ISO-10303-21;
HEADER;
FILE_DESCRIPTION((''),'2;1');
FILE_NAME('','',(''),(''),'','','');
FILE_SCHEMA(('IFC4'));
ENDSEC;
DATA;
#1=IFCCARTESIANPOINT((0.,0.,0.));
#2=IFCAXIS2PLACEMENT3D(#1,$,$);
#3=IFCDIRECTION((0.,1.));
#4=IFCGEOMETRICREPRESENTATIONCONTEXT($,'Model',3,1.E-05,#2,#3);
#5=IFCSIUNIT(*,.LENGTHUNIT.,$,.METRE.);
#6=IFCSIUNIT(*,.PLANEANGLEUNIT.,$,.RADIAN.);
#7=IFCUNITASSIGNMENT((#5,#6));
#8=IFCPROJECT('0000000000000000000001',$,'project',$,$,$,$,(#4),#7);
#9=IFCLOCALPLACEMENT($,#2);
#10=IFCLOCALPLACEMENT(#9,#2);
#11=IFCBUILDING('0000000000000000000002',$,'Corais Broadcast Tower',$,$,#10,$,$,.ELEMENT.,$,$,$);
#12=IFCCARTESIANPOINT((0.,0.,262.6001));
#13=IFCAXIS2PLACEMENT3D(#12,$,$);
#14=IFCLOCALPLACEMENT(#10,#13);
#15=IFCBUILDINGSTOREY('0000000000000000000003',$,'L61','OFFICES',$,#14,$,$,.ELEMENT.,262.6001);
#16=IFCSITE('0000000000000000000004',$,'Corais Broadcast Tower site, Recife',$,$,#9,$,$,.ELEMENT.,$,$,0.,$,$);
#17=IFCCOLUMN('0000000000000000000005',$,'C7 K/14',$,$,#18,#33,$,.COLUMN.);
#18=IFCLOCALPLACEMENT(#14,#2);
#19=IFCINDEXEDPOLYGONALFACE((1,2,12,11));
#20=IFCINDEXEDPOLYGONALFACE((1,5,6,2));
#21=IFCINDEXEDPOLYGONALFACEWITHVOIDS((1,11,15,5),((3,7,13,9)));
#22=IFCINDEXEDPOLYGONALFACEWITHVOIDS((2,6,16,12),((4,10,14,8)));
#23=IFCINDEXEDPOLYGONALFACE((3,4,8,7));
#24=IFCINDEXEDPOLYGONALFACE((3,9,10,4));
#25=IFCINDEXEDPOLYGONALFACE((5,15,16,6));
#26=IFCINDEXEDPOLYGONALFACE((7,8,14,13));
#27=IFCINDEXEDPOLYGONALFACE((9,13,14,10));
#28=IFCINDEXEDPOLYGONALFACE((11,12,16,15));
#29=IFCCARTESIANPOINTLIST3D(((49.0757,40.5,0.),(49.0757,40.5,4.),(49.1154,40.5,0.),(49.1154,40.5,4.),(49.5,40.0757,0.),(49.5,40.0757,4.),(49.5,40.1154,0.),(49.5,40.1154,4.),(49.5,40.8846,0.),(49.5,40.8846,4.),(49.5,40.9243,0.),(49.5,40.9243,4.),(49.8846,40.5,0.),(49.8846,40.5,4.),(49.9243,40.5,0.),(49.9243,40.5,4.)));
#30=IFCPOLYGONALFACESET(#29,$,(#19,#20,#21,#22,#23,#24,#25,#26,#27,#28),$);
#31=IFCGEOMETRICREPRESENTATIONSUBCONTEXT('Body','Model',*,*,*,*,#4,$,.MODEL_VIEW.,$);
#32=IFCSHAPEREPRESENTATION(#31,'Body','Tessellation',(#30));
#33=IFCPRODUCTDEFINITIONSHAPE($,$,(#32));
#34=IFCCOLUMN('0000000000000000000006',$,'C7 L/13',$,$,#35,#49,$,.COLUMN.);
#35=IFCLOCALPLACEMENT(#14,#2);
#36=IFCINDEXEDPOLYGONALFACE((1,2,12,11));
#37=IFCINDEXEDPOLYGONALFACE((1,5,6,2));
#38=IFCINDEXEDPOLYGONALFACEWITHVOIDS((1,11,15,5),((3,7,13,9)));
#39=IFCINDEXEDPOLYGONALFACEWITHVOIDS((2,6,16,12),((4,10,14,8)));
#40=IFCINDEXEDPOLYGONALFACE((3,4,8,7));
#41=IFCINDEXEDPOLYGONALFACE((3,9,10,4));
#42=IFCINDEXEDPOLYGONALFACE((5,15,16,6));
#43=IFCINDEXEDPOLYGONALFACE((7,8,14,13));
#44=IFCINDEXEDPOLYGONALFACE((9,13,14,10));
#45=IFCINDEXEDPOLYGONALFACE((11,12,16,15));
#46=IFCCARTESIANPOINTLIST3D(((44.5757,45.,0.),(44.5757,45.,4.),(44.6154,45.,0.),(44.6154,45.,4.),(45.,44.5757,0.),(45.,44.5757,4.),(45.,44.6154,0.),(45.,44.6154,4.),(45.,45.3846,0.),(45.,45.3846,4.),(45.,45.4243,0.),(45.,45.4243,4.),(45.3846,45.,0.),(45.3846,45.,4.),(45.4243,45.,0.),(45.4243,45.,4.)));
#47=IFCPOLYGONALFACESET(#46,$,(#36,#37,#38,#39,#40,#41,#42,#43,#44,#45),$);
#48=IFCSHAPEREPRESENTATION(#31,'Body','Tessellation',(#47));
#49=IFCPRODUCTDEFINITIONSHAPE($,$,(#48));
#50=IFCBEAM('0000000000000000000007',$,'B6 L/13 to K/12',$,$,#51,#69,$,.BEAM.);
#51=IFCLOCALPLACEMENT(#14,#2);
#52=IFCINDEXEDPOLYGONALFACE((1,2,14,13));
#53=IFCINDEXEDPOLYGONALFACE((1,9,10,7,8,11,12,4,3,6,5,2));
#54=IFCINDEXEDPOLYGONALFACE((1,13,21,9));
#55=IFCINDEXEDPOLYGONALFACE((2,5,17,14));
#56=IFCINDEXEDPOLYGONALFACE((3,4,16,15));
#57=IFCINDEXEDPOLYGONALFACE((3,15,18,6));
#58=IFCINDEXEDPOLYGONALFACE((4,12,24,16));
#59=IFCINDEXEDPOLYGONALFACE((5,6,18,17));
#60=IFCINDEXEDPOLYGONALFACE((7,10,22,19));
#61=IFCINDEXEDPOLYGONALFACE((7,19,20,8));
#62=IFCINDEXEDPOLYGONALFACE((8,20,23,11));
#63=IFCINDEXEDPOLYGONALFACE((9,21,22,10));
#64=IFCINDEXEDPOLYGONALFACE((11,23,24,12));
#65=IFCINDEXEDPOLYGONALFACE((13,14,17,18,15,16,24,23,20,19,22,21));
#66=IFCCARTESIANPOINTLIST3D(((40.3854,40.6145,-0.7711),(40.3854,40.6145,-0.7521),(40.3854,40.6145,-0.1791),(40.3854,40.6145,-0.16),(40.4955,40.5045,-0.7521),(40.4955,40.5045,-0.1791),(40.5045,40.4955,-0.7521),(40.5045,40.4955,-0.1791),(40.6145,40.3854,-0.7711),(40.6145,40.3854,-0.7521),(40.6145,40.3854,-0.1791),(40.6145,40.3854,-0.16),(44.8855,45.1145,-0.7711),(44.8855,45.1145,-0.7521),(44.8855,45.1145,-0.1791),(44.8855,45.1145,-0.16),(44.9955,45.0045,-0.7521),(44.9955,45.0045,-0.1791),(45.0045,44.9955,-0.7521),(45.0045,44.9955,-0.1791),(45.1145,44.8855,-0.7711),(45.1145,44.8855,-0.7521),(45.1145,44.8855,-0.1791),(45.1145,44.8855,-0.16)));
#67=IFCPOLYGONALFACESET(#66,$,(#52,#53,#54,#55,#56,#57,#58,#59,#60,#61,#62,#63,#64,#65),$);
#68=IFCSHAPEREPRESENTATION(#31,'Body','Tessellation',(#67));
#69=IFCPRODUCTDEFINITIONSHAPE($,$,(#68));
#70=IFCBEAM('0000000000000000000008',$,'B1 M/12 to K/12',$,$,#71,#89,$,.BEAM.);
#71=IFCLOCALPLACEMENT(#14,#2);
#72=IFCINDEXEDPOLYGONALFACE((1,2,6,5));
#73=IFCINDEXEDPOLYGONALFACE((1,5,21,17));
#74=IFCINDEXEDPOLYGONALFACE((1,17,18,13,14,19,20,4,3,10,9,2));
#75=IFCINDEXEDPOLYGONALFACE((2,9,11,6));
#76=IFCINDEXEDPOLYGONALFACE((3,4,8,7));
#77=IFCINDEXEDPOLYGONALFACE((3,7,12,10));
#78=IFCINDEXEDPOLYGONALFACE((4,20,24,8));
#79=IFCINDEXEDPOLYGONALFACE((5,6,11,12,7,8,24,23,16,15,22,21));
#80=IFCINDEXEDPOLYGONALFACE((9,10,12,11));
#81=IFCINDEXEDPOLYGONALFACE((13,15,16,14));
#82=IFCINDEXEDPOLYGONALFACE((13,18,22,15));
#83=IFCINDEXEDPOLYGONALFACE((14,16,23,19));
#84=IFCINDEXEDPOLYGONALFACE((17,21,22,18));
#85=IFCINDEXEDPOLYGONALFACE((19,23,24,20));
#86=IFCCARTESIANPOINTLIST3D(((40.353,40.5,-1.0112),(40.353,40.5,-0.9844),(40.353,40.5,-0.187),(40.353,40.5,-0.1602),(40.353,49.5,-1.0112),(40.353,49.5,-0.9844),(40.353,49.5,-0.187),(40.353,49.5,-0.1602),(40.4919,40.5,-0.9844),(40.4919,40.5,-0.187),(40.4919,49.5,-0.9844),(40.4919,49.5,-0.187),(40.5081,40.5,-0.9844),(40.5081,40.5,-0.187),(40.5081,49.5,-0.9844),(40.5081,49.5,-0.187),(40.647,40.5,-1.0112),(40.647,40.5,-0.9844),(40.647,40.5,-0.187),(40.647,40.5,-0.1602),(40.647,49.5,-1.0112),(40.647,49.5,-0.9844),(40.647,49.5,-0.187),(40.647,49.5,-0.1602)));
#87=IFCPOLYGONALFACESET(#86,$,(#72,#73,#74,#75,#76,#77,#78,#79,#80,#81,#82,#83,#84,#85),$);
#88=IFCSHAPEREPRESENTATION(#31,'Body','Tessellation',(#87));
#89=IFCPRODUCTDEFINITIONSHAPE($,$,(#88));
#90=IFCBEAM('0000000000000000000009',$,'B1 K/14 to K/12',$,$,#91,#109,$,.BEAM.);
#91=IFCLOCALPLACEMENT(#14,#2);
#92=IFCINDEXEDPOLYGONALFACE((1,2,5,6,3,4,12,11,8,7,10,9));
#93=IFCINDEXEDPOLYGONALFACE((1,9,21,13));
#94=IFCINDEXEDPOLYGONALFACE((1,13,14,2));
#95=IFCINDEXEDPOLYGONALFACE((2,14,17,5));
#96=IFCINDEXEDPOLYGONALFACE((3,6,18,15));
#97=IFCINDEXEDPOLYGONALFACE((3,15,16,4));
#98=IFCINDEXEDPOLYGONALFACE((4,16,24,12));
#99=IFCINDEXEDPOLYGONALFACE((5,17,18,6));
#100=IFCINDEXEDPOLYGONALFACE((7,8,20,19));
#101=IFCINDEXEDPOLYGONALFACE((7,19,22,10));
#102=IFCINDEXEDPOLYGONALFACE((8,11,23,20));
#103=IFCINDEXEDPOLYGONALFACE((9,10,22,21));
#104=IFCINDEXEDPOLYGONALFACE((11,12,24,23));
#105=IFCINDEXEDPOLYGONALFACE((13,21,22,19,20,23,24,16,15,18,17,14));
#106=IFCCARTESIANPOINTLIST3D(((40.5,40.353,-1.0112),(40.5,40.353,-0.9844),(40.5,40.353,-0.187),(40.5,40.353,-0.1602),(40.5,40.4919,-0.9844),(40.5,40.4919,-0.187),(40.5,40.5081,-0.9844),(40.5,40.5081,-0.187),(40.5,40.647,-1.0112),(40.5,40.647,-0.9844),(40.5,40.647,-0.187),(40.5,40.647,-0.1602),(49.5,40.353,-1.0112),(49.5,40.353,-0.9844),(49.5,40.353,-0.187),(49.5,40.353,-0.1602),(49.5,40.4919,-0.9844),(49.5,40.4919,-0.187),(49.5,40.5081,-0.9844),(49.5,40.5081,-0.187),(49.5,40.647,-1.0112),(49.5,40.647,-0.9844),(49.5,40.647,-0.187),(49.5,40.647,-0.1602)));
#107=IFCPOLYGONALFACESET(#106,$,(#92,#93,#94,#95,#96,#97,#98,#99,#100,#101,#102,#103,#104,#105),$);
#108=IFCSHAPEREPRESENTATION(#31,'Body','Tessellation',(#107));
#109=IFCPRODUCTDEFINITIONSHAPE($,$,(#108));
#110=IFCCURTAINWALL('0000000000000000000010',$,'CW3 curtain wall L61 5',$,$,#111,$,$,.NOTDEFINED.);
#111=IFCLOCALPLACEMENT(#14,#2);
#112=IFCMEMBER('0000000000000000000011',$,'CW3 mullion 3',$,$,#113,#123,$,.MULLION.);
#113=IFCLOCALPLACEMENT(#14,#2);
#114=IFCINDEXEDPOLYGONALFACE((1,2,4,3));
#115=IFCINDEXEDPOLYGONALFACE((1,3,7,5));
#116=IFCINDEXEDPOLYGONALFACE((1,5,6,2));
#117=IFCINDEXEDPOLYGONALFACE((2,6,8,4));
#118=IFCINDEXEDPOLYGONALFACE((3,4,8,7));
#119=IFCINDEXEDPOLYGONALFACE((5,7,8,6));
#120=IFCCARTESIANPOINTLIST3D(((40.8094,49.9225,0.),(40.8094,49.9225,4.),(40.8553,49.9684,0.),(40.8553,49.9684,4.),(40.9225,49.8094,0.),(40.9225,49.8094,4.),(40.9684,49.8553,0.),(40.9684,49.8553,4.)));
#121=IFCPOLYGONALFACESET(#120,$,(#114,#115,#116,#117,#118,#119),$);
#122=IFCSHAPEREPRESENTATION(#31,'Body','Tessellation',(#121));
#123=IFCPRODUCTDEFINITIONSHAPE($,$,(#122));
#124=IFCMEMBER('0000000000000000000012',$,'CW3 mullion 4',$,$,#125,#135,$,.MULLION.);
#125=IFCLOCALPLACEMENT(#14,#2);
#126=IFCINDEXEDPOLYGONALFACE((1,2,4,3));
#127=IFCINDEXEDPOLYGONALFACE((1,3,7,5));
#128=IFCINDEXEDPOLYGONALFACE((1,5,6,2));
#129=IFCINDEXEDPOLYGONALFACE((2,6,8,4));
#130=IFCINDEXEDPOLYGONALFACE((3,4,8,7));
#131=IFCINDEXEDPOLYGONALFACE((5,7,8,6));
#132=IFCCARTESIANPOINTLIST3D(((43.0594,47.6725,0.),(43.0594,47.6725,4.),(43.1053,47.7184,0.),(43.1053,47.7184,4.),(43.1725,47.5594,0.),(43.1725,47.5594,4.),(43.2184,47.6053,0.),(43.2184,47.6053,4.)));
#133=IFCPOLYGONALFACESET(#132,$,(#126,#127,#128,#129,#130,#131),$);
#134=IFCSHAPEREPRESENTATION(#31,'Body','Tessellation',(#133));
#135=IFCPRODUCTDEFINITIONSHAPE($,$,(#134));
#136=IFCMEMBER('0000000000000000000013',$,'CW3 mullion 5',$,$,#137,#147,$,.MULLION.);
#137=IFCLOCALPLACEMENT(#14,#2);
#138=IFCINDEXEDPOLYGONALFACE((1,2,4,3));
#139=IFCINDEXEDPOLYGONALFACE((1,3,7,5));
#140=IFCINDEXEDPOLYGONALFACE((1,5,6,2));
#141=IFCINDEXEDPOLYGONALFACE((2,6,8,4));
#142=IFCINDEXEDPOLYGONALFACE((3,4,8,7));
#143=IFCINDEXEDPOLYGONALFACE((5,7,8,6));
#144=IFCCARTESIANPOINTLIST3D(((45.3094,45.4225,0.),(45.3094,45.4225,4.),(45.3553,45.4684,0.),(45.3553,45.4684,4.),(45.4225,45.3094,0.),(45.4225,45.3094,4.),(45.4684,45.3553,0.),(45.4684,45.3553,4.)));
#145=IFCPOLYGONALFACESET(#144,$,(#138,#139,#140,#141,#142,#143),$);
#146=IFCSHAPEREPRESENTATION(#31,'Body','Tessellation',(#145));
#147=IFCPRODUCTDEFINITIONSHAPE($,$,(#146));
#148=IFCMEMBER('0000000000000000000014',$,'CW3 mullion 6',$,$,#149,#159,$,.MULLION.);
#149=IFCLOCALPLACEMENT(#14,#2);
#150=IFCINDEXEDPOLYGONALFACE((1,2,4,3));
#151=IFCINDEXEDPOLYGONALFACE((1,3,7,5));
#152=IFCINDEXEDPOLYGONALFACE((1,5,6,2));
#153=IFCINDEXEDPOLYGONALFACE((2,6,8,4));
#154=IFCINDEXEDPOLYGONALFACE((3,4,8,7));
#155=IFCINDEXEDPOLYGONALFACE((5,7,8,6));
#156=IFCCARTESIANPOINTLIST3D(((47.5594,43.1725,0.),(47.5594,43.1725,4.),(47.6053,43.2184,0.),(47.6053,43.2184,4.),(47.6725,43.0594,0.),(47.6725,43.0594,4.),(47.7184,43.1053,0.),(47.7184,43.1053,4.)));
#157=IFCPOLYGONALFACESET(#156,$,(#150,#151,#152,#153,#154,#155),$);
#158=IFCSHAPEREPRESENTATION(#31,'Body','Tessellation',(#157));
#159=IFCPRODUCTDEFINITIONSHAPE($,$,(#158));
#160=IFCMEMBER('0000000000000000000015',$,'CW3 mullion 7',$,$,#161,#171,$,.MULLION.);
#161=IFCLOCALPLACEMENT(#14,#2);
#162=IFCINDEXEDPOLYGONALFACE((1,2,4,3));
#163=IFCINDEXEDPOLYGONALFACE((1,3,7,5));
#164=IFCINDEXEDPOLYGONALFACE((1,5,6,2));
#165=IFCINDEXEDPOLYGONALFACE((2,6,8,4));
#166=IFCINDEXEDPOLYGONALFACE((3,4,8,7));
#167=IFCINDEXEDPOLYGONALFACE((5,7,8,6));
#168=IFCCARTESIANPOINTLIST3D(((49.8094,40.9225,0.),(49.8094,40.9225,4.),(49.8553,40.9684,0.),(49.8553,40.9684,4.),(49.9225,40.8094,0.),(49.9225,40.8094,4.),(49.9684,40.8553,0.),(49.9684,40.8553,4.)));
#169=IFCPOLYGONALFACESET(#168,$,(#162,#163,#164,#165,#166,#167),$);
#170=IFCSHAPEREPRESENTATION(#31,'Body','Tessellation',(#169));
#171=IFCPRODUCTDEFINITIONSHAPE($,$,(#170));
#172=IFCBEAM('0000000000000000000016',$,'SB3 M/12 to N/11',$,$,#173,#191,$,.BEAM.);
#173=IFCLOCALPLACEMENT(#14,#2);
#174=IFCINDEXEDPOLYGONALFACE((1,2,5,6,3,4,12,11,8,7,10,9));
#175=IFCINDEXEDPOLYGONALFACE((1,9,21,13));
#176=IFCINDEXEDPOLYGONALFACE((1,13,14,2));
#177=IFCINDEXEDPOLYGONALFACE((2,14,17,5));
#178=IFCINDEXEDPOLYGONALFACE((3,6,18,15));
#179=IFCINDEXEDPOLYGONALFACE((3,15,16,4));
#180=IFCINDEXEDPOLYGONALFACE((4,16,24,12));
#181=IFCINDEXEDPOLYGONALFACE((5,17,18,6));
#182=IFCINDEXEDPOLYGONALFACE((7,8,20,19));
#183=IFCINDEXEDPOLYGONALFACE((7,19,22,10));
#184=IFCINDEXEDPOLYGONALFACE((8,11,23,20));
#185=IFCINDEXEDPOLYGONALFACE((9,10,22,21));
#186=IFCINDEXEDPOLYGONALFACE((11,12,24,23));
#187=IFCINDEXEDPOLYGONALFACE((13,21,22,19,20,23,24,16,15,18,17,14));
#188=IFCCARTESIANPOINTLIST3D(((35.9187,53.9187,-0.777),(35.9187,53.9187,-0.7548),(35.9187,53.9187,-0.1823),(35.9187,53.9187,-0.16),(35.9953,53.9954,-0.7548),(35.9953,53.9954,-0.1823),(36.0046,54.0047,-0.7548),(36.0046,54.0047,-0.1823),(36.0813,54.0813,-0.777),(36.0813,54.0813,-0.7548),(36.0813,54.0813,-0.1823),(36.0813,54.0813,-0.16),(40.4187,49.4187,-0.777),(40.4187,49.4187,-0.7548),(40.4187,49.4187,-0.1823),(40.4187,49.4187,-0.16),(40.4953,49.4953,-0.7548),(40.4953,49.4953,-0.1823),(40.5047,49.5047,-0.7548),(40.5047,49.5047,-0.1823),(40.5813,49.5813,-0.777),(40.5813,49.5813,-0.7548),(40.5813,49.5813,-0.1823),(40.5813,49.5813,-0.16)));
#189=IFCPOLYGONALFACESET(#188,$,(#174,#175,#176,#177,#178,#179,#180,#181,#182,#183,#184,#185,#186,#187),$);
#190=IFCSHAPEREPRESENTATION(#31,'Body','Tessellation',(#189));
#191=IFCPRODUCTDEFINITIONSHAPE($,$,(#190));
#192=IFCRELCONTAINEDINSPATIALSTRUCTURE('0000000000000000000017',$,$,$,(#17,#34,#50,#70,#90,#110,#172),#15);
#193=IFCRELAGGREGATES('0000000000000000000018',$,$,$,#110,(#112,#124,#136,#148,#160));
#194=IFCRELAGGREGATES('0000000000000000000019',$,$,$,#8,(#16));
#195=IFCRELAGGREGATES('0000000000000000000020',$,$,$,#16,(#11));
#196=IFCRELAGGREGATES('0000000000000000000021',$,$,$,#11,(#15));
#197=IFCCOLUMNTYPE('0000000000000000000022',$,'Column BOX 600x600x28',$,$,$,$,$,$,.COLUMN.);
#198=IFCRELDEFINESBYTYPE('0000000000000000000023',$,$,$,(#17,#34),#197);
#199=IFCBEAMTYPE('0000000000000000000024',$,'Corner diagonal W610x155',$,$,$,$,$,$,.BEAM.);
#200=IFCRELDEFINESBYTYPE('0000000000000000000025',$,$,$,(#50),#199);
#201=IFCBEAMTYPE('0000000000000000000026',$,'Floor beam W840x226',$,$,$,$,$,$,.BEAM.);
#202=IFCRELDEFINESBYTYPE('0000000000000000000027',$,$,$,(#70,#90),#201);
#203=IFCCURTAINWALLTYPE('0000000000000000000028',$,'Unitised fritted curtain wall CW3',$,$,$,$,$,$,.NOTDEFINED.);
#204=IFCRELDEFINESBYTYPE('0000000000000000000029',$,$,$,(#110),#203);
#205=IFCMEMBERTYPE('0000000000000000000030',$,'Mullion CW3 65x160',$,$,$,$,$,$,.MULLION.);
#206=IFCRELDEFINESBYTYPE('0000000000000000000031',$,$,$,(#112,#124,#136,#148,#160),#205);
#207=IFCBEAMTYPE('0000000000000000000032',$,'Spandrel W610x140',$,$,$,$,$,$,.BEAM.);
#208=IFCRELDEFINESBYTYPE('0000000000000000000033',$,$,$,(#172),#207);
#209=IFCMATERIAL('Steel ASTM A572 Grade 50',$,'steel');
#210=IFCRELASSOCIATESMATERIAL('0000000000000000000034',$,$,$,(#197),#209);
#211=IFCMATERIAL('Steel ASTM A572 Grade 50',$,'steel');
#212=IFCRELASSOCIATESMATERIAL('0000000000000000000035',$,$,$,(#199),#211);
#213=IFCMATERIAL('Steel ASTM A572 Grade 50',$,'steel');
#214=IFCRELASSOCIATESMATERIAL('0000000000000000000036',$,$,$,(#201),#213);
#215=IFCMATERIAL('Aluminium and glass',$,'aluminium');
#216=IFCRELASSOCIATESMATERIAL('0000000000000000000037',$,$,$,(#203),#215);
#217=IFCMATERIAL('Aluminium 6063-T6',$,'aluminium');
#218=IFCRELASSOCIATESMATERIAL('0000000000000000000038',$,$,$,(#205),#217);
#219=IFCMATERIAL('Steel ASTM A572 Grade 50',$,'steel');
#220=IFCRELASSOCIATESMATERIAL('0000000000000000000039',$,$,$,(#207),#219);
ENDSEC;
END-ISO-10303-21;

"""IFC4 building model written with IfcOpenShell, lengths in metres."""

from ifc_helpers import new_model, si_unit, direction, frame, origin, origin_2d, place, context, subcontext, project, spatial, rectangle, hollow_rectangle, i_section, extrude, material, material_profile, profile_set, type_object, element, aggregate, save


model = new_model("IFC4")

# Units and contexts
model_context = context("Model", 3, precision=1e-05, world=origin(), true_north=direction((0.0, 1.0)))
body_context = subcontext(model_context, "Body", "Model", "MODEL_VIEW")
ifc_project = project(units=[si_unit("LENGTHUNIT", "METRE"), si_unit("PLANEANGLEUNIT", "RADIAN")], contexts=[model_context])

# Site, building, storey
site_placement = place(None, origin())
site = spatial("IfcSite", under=ifc_project, at=site_placement, Name="Corais Broadcast Tower site, Recife", CompositionType="ELEMENT", RefElevation=0.0)
building_placement = place(site_placement, origin())
building = spatial("IfcBuilding", under=site, at=building_placement, Name="Corais Broadcast Tower", CompositionType="ELEMENT")
storey_placement = place(building_placement, frame((0.0, 0.0, 262.6001)))
storey = spatial("IfcBuildingStorey", under=building, at=storey_placement, Name="L61", Description="OFFICES", CompositionType="ELEMENT", Elevation=262.6001)

# Columns
ifc_material_1 = material(Name="Steel ASTM A572 Grade 50", Category="steel")
ifc_material_profile_1 = material_profile(ifc_material_1, hollow_rectangle(XDim=0.6001, YDim=0.6001, WallThickness=0.0281, at=origin_2d()), Name="BOX 600x600x28")
ifc_profile_set_1 = profile_set([ifc_material_profile_1], Name="Steel ASTM A572 Grade 50")
column_type = type_object("IfcColumnType", Name="Column BOX 600x600x28", PredefinedType="COLUMN", material=ifc_profile_set_1)
for number, where, z_axis, x_axis, name in (
    (1, (49.5, 40.5, 0.0), (0.0, 0.0, 1.0), (0.707107, 0.707107, 0.0), "C7 K/14"),
    (2, (45.0, 45.0, 0.0), (0.0, 0.0, 1.0), (0.707107, 0.707107, 0.0), "C7 L/13"),
):
    element("IfcColumn", number, at=place(storey_placement, frame(where, z_axis=z_axis, x_axis=x_axis)), inside=storey, type_object=column_type, Name=name, PredefinedType="COLUMN", context=body_context, shape_type="SweptSolid", body=[
        extrude(hollow_rectangle(XDim=0.6001, YDim=0.6001, WallThickness=0.0281, at=origin_2d()), origin(), (0.0, 0.0, 1.0), 4.0),
    ])

# Beams
ifc_material_2 = material(Name="Steel ASTM A572 Grade 50", Category="steel")
ifc_material_profile_2 = material_profile(ifc_material_2, i_section(OverallWidth=0.324, OverallDepth=0.6111, WebThickness=0.0127, FlangeThickness=0.019, at=origin_2d()), Name="W610x155")
ifc_profile_set_2 = profile_set([ifc_material_profile_2], Name="Steel ASTM A572 Grade 50")
beam_type_1 = type_object("IfcBeamType", Name="Corner diagonal W610x155", PredefinedType="BEAM", material=ifc_profile_set_2)
beam_placement = place(storey_placement, frame((45.0, 45.0, -0.4656), z_axis=(-0.707107, -0.707107, 0.0), x_axis=(0.707107, -0.707107, 0.0)))
element("IfcBeam", 3, at=beam_placement, inside=storey, type_object=beam_type_1, Name="B6 L/13 to K/12", PredefinedType="BEAM", context=body_context, shape_type="SweptSolid", body=[
    extrude(i_section(OverallWidth=0.324, OverallDepth=0.6111, WebThickness=0.0127, FlangeThickness=0.019, at=origin_2d()), origin(), (0.0, 0.0, 1.0), 6.364),
])
ifc_material_3 = material(Name="Steel ASTM A572 Grade 50", Category="steel")
ifc_material_profile_3 = material_profile(ifc_material_3, i_section(OverallWidth=0.2939, OverallDepth=0.8511, WebThickness=0.0161, FlangeThickness=0.0269, at=origin_2d()), Name="W840x226")
ifc_profile_set_3 = profile_set([ifc_material_profile_3], Name="Steel ASTM A572 Grade 50")
beam_type_2 = type_object("IfcBeamType", Name="Floor beam W840x226", PredefinedType="BEAM", material=ifc_profile_set_3)
for number, where, z_axis, x_axis, name in (
    (4, (40.5, 49.5, -0.5857), (0.0, -1.0, 0.0), (1.0, 0.0, 0.0), "B1 M/12 to K/12"),
    (5, (49.5, 40.5, -0.5857), (-1.0, 0.0, 0.0), (0.0, -1.0, 0.0), "B1 K/14 to K/12"),
):
    element("IfcBeam", number, at=place(storey_placement, frame(where, z_axis=z_axis, x_axis=x_axis)), inside=storey, type_object=beam_type_2, Name=name, PredefinedType="BEAM", context=body_context, shape_type="SweptSolid", body=[
        extrude(i_section(OverallWidth=0.2939, OverallDepth=0.8511, WebThickness=0.0161, FlangeThickness=0.0269, at=origin_2d()), origin(), (0.0, 0.0, 1.0), 9.0),
    ])

# Curtain wall, members
ifc_material_4 = material(Name="Aluminium and glass", Category="aluminium")
curtain_wall_type = type_object("IfcCurtainWallType", Name="Unitised fritted curtain wall CW3", PredefinedType="NOTDEFINED", material=ifc_material_4)
curtain_wall_placement = place(storey_placement, origin())
curtain_wall = element("IfcCurtainWall", 6, at=curtain_wall_placement, inside=storey, type_object=curtain_wall_type, Name="CW3 curtain wall L61 5", PredefinedType="NOTDEFINED")
ifc_material_5 = material(Name="Aluminium 6063-T6", Category="aluminium")
ifc_material_profile_4 = material_profile(ifc_material_5, rectangle(XDim=0.0649, YDim=0.1599, at=origin_2d()), Name="Mullion CW3 65x160")
ifc_profile_set_4 = profile_set([ifc_material_profile_4], Name="Aluminium 6063-T6")
member_type_1 = type_object("IfcMemberType", Name="Mullion CW3 65x160", PredefinedType="MULLION", material=ifc_profile_set_4)
member_1_placement = place(storey_placement, frame((40.8889, 49.8889, 0.0), z_axis=(0.0, 0.0, 1.0), x_axis=(0.707107, 0.707107, 0.0)))
member_1 = element("IfcMember", 7, at=member_1_placement, type_object=member_type_1, Name="CW3 mullion 3", PredefinedType="MULLION", context=body_context, shape_type="SweptSolid", body=[
    extrude(rectangle(XDim=0.0649, YDim=0.1599, at=origin_2d()), origin(), (0.0, 0.0, 1.0), 4.0),
])
member_2_placement = place(storey_placement, frame((43.1389, 47.6389, 0.0), z_axis=(0.0, 0.0, 1.0), x_axis=(0.707107, 0.707107, 0.0)))
member_2 = element("IfcMember", 8, at=member_2_placement, type_object=member_type_1, Name="CW3 mullion 4", PredefinedType="MULLION", context=body_context, shape_type="SweptSolid", body=[
    extrude(rectangle(XDim=0.0649, YDim=0.1599, at=origin_2d()), origin(), (0.0, 0.0, 1.0), 4.0),
])
member_3_placement = place(storey_placement, frame((45.3889, 45.3889, 0.0), z_axis=(0.0, 0.0, 1.0), x_axis=(0.707107, 0.707107, 0.0)))
member_3 = element("IfcMember", 9, at=member_3_placement, type_object=member_type_1, Name="CW3 mullion 5", PredefinedType="MULLION", context=body_context, shape_type="SweptSolid", body=[
    extrude(rectangle(XDim=0.0649, YDim=0.1599, at=origin_2d()), origin(), (0.0, 0.0, 1.0), 4.0),
])
member_4_placement = place(storey_placement, frame((47.6389, 43.1389, 0.0), z_axis=(0.0, 0.0, 1.0), x_axis=(0.707107, 0.707107, 0.0)))
member_4 = element("IfcMember", 10, at=member_4_placement, type_object=member_type_1, Name="CW3 mullion 6", PredefinedType="MULLION", context=body_context, shape_type="SweptSolid", body=[
    extrude(rectangle(XDim=0.0649, YDim=0.1599, at=origin_2d()), origin(), (0.0, 0.0, 1.0), 4.0),
])
member_5_placement = place(storey_placement, frame((49.8889, 40.8889, 0.0), z_axis=(0.0, 0.0, 1.0), x_axis=(0.707107, 0.707107, 0.0)))
member_5 = element("IfcMember", 11, at=member_5_placement, type_object=member_type_1, Name="CW3 mullion 7", PredefinedType="MULLION", context=body_context, shape_type="SweptSolid", body=[
    extrude(rectangle(XDim=0.0649, YDim=0.1599, at=origin_2d()), origin(), (0.0, 0.0, 1.0), 4.0),
])

# Beam
ifc_material_6 = material(Name="Steel ASTM A572 Grade 50", Category="steel")
ifc_material_profile_5 = material_profile(ifc_material_6, i_section(OverallWidth=0.23, OverallDepth=0.6169, WebThickness=0.0132, FlangeThickness=0.0222, at=origin_2d()), Name="W610x140")
ifc_profile_set_5 = profile_set([ifc_material_profile_5], Name="Steel ASTM A572 Grade 50")
beam_type_3 = type_object("IfcBeamType", Name="Spandrel W610x140", PredefinedType="BEAM", material=ifc_profile_set_5)
for number, where, z_axis, x_axis, name in (
    (12, (40.5, 49.5, -0.4685), (-0.707107, 0.707107, 0.0), (-0.707107, -0.707107, 0.0), "SB3 M/12 to N/11"),
):
    element("IfcBeam", number, at=place(storey_placement, frame(where, z_axis=z_axis, x_axis=x_axis)), inside=storey, type_object=beam_type_3, Name=name, PredefinedType="BEAM", context=body_context, shape_type="SweptSolid", body=[
        extrude(i_section(OverallWidth=0.23, OverallDepth=0.6169, WebThickness=0.0132, FlangeThickness=0.0222, at=origin_2d()), origin(), (0.0, 0.0, 1.0), 6.364),
    ])

aggregate(curtain_wall, [member_1, member_2, member_3, member_4, member_5])

save(model, "model.ifc")
